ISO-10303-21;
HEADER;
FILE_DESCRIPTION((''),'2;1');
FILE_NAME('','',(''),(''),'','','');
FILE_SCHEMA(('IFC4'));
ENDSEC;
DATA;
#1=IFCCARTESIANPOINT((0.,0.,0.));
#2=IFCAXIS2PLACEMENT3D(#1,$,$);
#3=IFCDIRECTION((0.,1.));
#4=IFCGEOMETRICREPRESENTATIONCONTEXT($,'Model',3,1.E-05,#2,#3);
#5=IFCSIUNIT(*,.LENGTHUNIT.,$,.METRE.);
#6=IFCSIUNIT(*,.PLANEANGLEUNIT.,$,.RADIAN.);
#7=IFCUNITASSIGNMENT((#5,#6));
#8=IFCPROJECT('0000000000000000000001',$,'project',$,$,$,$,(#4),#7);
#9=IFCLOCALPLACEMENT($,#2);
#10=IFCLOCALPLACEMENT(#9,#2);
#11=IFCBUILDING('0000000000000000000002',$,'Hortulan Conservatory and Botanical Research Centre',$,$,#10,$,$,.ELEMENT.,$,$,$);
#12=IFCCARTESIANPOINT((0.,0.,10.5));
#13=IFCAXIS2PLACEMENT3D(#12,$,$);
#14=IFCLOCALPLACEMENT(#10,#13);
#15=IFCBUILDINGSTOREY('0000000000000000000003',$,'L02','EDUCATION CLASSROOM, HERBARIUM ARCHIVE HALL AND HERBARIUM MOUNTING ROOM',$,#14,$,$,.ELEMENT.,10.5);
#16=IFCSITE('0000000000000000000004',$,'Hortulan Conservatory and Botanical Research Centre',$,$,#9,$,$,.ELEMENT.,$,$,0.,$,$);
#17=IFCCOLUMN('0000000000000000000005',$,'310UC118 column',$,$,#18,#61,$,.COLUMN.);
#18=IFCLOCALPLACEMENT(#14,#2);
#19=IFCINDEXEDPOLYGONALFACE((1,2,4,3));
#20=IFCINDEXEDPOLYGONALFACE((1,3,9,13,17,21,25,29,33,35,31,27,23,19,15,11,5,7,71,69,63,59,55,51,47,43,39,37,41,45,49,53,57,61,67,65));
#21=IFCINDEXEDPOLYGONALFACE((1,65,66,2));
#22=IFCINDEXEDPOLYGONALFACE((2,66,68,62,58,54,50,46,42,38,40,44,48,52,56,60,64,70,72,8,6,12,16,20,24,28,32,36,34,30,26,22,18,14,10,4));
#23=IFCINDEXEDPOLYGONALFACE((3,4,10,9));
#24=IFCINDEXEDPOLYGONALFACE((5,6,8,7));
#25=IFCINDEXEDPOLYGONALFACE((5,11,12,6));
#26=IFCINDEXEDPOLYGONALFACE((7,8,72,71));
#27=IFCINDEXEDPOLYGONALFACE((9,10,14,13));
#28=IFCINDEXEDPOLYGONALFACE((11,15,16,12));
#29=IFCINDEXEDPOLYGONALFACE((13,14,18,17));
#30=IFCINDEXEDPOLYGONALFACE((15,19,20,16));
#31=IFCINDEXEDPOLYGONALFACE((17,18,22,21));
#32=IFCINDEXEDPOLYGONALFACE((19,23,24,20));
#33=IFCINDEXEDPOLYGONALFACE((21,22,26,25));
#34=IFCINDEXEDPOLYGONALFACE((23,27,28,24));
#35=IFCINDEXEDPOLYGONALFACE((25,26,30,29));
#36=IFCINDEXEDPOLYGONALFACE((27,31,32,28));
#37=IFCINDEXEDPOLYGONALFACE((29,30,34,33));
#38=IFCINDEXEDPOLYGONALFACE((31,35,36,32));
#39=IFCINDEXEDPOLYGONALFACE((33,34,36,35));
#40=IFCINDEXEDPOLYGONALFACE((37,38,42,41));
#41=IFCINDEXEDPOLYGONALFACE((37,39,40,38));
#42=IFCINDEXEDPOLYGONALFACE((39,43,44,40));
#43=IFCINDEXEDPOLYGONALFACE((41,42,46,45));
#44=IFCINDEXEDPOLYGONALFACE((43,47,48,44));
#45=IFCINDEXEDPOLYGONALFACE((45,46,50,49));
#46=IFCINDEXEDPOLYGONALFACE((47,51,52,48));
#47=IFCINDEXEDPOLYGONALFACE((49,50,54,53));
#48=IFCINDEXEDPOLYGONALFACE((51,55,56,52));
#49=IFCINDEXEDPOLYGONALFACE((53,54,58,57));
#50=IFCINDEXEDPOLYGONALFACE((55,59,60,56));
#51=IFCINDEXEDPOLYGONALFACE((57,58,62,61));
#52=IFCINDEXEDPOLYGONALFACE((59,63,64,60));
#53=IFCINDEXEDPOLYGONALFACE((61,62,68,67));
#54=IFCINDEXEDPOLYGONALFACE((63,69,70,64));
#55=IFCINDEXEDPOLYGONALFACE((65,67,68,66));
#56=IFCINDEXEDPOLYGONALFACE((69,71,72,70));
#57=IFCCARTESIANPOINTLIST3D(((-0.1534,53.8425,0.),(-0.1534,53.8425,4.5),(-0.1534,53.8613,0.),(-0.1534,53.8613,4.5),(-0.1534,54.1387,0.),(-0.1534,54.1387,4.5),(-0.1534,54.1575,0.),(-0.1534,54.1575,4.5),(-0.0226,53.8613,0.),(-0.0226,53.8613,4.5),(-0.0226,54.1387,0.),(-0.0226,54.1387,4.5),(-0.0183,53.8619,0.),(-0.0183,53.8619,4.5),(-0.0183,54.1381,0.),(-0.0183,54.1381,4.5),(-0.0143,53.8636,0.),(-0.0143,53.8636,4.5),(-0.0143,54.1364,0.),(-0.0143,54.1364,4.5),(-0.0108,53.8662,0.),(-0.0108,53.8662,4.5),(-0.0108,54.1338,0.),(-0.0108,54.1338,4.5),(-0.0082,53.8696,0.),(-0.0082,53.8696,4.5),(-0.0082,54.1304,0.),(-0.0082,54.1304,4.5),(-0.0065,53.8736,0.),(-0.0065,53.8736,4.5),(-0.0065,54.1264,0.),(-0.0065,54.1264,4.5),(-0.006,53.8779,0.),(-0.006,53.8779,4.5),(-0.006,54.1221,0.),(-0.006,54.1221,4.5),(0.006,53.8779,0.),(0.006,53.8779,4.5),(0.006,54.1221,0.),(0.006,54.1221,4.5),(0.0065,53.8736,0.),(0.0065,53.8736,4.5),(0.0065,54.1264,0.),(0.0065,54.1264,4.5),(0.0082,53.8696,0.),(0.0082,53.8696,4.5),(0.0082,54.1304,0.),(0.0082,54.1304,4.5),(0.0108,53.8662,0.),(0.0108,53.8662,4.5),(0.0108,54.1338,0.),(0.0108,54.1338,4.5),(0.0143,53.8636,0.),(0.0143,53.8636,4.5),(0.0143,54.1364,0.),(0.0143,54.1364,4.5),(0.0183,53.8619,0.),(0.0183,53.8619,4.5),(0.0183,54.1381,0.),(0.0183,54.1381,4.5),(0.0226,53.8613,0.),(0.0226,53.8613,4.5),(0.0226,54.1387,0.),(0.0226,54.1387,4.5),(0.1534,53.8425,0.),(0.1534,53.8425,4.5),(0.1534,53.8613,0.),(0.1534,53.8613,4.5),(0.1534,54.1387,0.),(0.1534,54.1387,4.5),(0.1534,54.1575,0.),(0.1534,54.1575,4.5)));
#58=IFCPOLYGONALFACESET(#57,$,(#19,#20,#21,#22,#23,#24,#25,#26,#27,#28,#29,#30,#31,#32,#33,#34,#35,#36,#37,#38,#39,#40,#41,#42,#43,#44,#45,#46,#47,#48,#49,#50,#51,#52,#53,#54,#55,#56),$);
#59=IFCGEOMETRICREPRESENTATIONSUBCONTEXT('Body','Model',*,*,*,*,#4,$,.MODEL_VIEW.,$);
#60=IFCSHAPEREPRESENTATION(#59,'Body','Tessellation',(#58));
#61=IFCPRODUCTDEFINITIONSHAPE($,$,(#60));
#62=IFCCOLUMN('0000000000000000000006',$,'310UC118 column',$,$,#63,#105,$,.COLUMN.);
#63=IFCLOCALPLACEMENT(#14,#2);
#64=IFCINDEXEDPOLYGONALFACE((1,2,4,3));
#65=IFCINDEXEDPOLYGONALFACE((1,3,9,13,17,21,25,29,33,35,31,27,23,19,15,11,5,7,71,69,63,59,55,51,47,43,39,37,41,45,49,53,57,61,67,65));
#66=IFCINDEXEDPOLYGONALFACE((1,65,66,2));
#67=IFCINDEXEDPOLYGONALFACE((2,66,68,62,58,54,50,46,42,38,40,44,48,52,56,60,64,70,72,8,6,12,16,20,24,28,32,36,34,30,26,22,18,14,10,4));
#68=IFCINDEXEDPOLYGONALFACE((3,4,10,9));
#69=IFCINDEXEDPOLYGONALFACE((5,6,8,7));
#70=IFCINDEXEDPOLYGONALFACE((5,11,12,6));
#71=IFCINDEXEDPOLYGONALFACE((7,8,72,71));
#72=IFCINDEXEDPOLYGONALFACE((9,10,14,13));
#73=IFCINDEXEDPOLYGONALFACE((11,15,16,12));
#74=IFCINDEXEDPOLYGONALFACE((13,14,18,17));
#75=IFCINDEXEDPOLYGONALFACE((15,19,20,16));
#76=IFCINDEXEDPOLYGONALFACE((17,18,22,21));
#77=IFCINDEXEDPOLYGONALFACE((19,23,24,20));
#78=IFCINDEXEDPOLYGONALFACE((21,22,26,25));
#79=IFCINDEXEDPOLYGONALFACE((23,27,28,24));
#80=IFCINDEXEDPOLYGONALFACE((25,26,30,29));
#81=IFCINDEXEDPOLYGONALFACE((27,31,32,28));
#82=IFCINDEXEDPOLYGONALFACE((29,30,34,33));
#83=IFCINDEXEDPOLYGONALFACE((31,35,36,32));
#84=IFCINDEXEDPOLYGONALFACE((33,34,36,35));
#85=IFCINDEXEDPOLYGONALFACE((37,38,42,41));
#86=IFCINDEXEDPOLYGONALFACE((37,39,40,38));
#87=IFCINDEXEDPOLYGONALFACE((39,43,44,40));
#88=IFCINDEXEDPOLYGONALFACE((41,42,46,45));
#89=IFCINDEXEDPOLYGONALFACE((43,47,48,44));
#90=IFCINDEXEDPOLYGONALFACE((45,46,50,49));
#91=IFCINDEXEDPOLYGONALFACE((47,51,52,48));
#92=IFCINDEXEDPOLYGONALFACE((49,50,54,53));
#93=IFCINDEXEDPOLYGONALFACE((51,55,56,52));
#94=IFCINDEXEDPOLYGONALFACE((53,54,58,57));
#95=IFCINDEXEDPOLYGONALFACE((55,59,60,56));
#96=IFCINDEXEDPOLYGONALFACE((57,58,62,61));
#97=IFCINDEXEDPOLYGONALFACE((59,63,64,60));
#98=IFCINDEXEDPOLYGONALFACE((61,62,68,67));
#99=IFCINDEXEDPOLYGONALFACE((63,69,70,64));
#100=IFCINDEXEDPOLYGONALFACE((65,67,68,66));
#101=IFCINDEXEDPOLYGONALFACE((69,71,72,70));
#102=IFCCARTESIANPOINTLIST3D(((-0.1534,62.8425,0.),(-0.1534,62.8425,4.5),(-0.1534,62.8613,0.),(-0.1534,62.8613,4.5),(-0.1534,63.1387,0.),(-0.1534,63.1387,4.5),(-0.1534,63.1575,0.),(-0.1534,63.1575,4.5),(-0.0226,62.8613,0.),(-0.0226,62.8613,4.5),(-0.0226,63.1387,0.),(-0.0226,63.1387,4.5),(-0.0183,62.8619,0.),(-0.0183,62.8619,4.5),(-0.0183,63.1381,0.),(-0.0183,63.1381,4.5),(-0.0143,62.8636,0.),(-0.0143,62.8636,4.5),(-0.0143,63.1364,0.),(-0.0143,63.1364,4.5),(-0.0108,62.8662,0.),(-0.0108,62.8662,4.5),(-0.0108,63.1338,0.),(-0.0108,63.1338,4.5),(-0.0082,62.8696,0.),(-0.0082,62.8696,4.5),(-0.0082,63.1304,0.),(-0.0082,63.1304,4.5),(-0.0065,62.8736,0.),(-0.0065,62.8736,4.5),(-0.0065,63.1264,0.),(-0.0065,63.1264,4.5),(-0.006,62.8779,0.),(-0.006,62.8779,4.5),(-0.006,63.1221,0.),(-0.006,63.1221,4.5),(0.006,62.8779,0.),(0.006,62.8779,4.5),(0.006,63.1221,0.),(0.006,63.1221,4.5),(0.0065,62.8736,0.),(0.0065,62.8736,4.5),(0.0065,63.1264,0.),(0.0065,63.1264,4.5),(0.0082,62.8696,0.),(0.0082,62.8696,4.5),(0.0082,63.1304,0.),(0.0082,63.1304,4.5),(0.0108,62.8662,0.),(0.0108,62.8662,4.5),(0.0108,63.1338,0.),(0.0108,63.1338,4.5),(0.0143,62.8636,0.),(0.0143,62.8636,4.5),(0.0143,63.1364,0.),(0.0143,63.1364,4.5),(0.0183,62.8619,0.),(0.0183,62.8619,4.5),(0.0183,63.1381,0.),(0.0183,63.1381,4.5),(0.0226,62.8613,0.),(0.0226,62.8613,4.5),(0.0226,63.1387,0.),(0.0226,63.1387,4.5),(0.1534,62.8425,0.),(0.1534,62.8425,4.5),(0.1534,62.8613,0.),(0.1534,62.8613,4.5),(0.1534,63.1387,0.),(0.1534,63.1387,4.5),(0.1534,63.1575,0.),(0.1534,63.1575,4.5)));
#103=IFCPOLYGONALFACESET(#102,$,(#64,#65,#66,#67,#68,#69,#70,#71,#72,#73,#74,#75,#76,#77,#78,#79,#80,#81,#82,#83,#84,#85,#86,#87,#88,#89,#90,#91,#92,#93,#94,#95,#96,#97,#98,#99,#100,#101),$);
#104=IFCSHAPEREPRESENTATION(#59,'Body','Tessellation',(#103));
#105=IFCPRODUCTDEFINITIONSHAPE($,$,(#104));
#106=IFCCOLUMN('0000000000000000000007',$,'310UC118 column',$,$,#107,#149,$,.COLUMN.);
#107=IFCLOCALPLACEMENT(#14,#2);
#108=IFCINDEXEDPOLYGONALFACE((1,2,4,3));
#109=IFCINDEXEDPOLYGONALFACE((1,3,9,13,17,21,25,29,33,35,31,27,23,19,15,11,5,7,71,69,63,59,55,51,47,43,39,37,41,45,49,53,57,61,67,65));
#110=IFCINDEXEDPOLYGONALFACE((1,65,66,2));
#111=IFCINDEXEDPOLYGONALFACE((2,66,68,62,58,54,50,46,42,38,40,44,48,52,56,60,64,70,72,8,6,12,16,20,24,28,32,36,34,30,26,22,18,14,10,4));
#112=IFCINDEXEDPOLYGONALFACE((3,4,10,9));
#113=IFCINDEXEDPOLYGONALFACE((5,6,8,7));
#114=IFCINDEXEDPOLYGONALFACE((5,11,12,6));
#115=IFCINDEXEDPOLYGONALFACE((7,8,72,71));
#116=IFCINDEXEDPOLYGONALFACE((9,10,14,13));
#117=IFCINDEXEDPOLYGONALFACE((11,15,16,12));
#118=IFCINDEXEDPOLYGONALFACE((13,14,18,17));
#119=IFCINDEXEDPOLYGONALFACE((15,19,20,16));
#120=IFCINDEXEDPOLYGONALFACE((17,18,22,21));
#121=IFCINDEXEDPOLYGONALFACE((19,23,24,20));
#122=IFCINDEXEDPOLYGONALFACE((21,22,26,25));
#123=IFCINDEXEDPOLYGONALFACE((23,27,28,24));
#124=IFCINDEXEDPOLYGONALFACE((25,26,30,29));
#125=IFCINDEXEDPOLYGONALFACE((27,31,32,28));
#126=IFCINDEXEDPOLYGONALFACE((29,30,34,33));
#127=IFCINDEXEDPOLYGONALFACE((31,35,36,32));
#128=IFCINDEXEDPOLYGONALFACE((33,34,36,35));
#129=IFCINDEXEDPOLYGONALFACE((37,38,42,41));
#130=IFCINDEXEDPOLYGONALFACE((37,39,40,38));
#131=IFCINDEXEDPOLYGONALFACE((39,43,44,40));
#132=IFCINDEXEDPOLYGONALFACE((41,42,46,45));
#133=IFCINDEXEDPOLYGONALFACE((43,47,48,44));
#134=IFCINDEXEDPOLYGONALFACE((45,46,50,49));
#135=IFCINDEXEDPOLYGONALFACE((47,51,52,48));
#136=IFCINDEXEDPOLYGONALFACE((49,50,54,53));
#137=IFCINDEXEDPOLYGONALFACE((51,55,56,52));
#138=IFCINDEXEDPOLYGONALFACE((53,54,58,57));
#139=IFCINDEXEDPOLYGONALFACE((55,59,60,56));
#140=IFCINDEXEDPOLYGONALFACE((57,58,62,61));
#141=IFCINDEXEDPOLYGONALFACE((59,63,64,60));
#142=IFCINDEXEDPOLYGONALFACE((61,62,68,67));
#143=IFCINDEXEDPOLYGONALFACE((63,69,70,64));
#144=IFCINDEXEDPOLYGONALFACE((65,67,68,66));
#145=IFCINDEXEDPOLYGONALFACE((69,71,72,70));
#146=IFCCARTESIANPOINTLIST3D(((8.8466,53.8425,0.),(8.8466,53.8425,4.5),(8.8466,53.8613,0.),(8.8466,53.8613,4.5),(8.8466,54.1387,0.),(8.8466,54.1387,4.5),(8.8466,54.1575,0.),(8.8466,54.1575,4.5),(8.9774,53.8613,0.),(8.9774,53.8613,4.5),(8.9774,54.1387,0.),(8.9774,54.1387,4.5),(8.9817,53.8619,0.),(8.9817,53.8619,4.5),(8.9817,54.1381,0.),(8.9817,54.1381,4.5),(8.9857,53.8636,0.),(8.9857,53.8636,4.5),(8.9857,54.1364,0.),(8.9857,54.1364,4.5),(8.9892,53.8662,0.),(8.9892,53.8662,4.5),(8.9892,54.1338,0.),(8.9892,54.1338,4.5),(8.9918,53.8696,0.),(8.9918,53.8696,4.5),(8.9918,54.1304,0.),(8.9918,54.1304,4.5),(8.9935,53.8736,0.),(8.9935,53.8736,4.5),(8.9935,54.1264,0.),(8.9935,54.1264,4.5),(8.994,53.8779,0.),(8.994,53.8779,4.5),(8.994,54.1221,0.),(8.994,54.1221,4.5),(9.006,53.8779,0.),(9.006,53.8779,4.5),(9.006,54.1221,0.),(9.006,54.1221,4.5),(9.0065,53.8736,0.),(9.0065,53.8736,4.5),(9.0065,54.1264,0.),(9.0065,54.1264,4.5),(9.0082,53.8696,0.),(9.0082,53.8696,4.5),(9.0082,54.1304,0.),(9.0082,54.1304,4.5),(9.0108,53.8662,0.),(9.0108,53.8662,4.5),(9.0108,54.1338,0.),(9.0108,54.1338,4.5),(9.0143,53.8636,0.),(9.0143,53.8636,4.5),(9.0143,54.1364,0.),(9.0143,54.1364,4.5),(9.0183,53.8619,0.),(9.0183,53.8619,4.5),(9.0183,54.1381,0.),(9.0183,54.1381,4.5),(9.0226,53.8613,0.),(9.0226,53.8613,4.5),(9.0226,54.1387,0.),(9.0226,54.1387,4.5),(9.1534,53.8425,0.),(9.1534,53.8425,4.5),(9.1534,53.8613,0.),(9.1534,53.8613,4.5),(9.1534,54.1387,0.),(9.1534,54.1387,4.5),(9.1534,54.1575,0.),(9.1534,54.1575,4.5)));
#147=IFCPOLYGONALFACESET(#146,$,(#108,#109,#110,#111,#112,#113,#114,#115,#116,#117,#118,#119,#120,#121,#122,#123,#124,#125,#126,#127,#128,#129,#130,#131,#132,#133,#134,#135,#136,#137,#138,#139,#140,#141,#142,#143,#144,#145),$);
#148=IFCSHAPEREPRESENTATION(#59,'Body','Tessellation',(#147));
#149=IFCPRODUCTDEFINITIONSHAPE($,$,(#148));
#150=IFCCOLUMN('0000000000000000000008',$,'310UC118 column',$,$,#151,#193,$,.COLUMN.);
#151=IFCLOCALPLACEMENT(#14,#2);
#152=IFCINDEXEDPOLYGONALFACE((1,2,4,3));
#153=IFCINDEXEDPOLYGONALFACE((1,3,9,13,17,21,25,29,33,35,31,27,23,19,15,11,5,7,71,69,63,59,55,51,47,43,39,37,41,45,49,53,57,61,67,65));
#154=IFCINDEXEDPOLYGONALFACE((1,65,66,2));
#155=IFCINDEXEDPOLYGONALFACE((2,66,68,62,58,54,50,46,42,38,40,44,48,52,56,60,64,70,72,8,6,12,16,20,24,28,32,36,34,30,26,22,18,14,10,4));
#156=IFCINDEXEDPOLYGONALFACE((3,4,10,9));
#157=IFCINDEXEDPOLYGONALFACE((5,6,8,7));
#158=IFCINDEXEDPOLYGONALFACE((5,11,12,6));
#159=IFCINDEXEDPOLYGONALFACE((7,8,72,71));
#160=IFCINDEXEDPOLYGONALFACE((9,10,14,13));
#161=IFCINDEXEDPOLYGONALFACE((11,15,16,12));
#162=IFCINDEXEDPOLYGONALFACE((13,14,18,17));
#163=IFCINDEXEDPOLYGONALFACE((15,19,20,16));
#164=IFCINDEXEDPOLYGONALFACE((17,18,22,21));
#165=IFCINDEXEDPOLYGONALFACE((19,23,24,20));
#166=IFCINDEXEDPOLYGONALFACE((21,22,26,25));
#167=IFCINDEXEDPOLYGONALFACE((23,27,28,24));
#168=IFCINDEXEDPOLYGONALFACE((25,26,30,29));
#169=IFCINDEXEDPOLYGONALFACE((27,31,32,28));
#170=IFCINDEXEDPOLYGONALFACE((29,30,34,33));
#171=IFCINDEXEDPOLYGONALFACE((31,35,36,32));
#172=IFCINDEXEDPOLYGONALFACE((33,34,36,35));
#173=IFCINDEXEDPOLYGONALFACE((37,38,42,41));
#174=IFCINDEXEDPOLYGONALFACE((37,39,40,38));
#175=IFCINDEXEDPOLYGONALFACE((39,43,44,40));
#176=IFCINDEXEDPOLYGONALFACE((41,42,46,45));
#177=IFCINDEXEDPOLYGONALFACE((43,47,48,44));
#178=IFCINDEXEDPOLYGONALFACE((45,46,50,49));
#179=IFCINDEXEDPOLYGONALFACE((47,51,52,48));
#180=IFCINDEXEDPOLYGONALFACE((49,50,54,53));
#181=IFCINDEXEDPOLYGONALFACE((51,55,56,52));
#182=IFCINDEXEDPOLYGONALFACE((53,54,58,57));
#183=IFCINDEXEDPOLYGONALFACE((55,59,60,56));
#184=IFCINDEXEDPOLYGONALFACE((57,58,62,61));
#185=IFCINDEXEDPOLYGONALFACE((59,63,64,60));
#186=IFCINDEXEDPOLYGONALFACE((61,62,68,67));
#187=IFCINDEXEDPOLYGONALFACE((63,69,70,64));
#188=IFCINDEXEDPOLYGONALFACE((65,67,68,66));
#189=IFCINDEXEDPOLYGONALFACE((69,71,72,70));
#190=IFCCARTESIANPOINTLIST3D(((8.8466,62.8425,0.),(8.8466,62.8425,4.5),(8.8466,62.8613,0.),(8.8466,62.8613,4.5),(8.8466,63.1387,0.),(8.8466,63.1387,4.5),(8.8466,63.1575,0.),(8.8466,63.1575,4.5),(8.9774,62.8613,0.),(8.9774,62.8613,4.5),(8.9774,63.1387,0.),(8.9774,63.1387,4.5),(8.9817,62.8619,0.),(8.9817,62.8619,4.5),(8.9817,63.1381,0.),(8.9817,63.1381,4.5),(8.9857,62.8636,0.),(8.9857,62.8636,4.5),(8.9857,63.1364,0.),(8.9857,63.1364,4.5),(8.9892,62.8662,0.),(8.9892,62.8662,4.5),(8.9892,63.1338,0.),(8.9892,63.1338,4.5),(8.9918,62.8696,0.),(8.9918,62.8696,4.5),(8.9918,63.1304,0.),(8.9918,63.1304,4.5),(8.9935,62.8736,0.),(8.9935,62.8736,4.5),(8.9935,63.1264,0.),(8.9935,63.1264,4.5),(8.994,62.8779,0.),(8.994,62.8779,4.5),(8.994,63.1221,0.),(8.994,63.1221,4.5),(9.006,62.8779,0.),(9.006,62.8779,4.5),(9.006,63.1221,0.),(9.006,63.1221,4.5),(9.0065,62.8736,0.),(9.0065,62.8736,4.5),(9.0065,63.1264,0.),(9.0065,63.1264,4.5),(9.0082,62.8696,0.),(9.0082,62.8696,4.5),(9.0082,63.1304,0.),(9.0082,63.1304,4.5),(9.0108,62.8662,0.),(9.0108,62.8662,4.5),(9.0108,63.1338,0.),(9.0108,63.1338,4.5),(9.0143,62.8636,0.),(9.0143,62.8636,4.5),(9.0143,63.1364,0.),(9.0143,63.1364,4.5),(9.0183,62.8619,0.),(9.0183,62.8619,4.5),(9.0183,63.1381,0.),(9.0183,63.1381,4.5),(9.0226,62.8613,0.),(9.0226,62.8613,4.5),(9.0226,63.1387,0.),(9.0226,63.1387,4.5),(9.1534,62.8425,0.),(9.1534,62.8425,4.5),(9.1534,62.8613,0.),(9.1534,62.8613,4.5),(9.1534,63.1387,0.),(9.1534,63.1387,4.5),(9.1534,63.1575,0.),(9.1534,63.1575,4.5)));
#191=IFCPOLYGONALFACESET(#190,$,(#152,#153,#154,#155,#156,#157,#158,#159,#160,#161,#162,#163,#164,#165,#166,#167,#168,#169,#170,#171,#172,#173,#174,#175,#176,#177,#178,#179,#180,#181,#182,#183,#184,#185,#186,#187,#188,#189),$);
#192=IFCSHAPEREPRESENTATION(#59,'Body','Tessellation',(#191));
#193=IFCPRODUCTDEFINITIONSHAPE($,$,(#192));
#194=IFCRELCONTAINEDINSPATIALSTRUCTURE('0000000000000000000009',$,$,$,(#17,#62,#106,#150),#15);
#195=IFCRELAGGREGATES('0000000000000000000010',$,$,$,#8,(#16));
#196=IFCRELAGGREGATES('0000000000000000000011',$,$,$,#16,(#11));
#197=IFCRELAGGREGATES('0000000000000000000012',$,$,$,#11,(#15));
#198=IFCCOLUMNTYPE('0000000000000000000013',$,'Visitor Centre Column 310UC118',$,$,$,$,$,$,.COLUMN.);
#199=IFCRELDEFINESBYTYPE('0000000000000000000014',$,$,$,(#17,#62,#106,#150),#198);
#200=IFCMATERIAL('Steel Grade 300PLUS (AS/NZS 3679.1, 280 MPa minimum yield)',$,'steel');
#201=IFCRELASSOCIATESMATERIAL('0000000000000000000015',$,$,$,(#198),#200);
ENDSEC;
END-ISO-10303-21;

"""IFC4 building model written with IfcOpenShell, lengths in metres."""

from ifc_helpers import new_model, si_unit, direction, frame, origin, origin_2d, place, context, subcontext, project, spatial, i_section, extrude, material, material_profile, profile_set, type_object, element, save


model = new_model("IFC4")

# Units and contexts
model_context = context("Model", 3, precision=1e-05, world=origin(), true_north=direction((0.0, 1.0)))
body_context = subcontext(model_context, "Body", "Model", "MODEL_VIEW")
ifc_project = project(units=[si_unit("LENGTHUNIT", "METRE"), si_unit("PLANEANGLEUNIT", "RADIAN")], contexts=[model_context])

# Site, building, storey
site_placement = place(None, origin())
site = spatial("IfcSite", under=ifc_project, at=site_placement, Name="Hortulan Conservatory and Botanical Research Centre", CompositionType="ELEMENT", RefElevation=0.0)
building_placement = place(site_placement, origin())
building = spatial("IfcBuilding", under=site, at=building_placement, Name="Hortulan Conservatory and Botanical Research Centre", CompositionType="ELEMENT")
storey_placement = place(building_placement, frame((0.0, 0.0, 10.5)))
storey = spatial("IfcBuildingStorey", under=building, at=storey_placement, Name="L02", Description="EDUCATION CLASSROOM, HERBARIUM ARCHIVE HALL AND HERBARIUM MOUNTING ROOM", CompositionType="ELEMENT", Elevation=10.5)

# Columns
ifc_material_1 = material(Name="Steel Grade 300PLUS (AS/NZS 3679.1, 280 MPa minimum yield)", Category="steel")
ifc_material_profile_1 = material_profile(ifc_material_1, i_section(OverallWidth=0.3069, OverallDepth=0.3149, WebThickness=0.012, FlangeThickness=0.0188, FilletRadius=0.0166, at=origin_2d()), Name="310UC118")
ifc_profile_set_1 = profile_set([ifc_material_profile_1], Name="Steel Grade 300PLUS (AS/NZS 3679.1, 280 MPa minimum yield)")
column_type = type_object("IfcColumnType", Name="Visitor Centre Column 310UC118", PredefinedType="COLUMN", material=ifc_profile_set_1)
for number, where, z_axis, x_axis, name in (
    (1, (0.0, 54.0, 0.0), (0.0, 0.0, 1.0), (1.0, 0.0, 0.0), "310UC118 column"),
    (2, (0.0, 63.0, 0.0), (0.0, 0.0, 1.0), (1.0, 0.0, 0.0), "310UC118 column"),
    (3, (9.0, 54.0, 0.0), (0.0, 0.0, 1.0), (1.0, 0.0, 0.0), "310UC118 column"),
    (4, (9.0, 63.0, 0.0), (0.0, 0.0, 1.0), (1.0, 0.0, 0.0), "310UC118 column"),
):
    element("IfcColumn", number, at=place(storey_placement, frame(where, z_axis=z_axis, x_axis=x_axis)), inside=storey, type_object=column_type, Name=name, PredefinedType="COLUMN", context=body_context, shape_type="SweptSolid", body=[
        extrude(i_section(OverallWidth=0.3069, OverallDepth=0.3149, WebThickness=0.012, FlangeThickness=0.0188, FilletRadius=0.0166, at=origin_2d()), origin(), (0.0, 0.0, 1.0), 4.5),
    ])

save(model, "model.ifc")
